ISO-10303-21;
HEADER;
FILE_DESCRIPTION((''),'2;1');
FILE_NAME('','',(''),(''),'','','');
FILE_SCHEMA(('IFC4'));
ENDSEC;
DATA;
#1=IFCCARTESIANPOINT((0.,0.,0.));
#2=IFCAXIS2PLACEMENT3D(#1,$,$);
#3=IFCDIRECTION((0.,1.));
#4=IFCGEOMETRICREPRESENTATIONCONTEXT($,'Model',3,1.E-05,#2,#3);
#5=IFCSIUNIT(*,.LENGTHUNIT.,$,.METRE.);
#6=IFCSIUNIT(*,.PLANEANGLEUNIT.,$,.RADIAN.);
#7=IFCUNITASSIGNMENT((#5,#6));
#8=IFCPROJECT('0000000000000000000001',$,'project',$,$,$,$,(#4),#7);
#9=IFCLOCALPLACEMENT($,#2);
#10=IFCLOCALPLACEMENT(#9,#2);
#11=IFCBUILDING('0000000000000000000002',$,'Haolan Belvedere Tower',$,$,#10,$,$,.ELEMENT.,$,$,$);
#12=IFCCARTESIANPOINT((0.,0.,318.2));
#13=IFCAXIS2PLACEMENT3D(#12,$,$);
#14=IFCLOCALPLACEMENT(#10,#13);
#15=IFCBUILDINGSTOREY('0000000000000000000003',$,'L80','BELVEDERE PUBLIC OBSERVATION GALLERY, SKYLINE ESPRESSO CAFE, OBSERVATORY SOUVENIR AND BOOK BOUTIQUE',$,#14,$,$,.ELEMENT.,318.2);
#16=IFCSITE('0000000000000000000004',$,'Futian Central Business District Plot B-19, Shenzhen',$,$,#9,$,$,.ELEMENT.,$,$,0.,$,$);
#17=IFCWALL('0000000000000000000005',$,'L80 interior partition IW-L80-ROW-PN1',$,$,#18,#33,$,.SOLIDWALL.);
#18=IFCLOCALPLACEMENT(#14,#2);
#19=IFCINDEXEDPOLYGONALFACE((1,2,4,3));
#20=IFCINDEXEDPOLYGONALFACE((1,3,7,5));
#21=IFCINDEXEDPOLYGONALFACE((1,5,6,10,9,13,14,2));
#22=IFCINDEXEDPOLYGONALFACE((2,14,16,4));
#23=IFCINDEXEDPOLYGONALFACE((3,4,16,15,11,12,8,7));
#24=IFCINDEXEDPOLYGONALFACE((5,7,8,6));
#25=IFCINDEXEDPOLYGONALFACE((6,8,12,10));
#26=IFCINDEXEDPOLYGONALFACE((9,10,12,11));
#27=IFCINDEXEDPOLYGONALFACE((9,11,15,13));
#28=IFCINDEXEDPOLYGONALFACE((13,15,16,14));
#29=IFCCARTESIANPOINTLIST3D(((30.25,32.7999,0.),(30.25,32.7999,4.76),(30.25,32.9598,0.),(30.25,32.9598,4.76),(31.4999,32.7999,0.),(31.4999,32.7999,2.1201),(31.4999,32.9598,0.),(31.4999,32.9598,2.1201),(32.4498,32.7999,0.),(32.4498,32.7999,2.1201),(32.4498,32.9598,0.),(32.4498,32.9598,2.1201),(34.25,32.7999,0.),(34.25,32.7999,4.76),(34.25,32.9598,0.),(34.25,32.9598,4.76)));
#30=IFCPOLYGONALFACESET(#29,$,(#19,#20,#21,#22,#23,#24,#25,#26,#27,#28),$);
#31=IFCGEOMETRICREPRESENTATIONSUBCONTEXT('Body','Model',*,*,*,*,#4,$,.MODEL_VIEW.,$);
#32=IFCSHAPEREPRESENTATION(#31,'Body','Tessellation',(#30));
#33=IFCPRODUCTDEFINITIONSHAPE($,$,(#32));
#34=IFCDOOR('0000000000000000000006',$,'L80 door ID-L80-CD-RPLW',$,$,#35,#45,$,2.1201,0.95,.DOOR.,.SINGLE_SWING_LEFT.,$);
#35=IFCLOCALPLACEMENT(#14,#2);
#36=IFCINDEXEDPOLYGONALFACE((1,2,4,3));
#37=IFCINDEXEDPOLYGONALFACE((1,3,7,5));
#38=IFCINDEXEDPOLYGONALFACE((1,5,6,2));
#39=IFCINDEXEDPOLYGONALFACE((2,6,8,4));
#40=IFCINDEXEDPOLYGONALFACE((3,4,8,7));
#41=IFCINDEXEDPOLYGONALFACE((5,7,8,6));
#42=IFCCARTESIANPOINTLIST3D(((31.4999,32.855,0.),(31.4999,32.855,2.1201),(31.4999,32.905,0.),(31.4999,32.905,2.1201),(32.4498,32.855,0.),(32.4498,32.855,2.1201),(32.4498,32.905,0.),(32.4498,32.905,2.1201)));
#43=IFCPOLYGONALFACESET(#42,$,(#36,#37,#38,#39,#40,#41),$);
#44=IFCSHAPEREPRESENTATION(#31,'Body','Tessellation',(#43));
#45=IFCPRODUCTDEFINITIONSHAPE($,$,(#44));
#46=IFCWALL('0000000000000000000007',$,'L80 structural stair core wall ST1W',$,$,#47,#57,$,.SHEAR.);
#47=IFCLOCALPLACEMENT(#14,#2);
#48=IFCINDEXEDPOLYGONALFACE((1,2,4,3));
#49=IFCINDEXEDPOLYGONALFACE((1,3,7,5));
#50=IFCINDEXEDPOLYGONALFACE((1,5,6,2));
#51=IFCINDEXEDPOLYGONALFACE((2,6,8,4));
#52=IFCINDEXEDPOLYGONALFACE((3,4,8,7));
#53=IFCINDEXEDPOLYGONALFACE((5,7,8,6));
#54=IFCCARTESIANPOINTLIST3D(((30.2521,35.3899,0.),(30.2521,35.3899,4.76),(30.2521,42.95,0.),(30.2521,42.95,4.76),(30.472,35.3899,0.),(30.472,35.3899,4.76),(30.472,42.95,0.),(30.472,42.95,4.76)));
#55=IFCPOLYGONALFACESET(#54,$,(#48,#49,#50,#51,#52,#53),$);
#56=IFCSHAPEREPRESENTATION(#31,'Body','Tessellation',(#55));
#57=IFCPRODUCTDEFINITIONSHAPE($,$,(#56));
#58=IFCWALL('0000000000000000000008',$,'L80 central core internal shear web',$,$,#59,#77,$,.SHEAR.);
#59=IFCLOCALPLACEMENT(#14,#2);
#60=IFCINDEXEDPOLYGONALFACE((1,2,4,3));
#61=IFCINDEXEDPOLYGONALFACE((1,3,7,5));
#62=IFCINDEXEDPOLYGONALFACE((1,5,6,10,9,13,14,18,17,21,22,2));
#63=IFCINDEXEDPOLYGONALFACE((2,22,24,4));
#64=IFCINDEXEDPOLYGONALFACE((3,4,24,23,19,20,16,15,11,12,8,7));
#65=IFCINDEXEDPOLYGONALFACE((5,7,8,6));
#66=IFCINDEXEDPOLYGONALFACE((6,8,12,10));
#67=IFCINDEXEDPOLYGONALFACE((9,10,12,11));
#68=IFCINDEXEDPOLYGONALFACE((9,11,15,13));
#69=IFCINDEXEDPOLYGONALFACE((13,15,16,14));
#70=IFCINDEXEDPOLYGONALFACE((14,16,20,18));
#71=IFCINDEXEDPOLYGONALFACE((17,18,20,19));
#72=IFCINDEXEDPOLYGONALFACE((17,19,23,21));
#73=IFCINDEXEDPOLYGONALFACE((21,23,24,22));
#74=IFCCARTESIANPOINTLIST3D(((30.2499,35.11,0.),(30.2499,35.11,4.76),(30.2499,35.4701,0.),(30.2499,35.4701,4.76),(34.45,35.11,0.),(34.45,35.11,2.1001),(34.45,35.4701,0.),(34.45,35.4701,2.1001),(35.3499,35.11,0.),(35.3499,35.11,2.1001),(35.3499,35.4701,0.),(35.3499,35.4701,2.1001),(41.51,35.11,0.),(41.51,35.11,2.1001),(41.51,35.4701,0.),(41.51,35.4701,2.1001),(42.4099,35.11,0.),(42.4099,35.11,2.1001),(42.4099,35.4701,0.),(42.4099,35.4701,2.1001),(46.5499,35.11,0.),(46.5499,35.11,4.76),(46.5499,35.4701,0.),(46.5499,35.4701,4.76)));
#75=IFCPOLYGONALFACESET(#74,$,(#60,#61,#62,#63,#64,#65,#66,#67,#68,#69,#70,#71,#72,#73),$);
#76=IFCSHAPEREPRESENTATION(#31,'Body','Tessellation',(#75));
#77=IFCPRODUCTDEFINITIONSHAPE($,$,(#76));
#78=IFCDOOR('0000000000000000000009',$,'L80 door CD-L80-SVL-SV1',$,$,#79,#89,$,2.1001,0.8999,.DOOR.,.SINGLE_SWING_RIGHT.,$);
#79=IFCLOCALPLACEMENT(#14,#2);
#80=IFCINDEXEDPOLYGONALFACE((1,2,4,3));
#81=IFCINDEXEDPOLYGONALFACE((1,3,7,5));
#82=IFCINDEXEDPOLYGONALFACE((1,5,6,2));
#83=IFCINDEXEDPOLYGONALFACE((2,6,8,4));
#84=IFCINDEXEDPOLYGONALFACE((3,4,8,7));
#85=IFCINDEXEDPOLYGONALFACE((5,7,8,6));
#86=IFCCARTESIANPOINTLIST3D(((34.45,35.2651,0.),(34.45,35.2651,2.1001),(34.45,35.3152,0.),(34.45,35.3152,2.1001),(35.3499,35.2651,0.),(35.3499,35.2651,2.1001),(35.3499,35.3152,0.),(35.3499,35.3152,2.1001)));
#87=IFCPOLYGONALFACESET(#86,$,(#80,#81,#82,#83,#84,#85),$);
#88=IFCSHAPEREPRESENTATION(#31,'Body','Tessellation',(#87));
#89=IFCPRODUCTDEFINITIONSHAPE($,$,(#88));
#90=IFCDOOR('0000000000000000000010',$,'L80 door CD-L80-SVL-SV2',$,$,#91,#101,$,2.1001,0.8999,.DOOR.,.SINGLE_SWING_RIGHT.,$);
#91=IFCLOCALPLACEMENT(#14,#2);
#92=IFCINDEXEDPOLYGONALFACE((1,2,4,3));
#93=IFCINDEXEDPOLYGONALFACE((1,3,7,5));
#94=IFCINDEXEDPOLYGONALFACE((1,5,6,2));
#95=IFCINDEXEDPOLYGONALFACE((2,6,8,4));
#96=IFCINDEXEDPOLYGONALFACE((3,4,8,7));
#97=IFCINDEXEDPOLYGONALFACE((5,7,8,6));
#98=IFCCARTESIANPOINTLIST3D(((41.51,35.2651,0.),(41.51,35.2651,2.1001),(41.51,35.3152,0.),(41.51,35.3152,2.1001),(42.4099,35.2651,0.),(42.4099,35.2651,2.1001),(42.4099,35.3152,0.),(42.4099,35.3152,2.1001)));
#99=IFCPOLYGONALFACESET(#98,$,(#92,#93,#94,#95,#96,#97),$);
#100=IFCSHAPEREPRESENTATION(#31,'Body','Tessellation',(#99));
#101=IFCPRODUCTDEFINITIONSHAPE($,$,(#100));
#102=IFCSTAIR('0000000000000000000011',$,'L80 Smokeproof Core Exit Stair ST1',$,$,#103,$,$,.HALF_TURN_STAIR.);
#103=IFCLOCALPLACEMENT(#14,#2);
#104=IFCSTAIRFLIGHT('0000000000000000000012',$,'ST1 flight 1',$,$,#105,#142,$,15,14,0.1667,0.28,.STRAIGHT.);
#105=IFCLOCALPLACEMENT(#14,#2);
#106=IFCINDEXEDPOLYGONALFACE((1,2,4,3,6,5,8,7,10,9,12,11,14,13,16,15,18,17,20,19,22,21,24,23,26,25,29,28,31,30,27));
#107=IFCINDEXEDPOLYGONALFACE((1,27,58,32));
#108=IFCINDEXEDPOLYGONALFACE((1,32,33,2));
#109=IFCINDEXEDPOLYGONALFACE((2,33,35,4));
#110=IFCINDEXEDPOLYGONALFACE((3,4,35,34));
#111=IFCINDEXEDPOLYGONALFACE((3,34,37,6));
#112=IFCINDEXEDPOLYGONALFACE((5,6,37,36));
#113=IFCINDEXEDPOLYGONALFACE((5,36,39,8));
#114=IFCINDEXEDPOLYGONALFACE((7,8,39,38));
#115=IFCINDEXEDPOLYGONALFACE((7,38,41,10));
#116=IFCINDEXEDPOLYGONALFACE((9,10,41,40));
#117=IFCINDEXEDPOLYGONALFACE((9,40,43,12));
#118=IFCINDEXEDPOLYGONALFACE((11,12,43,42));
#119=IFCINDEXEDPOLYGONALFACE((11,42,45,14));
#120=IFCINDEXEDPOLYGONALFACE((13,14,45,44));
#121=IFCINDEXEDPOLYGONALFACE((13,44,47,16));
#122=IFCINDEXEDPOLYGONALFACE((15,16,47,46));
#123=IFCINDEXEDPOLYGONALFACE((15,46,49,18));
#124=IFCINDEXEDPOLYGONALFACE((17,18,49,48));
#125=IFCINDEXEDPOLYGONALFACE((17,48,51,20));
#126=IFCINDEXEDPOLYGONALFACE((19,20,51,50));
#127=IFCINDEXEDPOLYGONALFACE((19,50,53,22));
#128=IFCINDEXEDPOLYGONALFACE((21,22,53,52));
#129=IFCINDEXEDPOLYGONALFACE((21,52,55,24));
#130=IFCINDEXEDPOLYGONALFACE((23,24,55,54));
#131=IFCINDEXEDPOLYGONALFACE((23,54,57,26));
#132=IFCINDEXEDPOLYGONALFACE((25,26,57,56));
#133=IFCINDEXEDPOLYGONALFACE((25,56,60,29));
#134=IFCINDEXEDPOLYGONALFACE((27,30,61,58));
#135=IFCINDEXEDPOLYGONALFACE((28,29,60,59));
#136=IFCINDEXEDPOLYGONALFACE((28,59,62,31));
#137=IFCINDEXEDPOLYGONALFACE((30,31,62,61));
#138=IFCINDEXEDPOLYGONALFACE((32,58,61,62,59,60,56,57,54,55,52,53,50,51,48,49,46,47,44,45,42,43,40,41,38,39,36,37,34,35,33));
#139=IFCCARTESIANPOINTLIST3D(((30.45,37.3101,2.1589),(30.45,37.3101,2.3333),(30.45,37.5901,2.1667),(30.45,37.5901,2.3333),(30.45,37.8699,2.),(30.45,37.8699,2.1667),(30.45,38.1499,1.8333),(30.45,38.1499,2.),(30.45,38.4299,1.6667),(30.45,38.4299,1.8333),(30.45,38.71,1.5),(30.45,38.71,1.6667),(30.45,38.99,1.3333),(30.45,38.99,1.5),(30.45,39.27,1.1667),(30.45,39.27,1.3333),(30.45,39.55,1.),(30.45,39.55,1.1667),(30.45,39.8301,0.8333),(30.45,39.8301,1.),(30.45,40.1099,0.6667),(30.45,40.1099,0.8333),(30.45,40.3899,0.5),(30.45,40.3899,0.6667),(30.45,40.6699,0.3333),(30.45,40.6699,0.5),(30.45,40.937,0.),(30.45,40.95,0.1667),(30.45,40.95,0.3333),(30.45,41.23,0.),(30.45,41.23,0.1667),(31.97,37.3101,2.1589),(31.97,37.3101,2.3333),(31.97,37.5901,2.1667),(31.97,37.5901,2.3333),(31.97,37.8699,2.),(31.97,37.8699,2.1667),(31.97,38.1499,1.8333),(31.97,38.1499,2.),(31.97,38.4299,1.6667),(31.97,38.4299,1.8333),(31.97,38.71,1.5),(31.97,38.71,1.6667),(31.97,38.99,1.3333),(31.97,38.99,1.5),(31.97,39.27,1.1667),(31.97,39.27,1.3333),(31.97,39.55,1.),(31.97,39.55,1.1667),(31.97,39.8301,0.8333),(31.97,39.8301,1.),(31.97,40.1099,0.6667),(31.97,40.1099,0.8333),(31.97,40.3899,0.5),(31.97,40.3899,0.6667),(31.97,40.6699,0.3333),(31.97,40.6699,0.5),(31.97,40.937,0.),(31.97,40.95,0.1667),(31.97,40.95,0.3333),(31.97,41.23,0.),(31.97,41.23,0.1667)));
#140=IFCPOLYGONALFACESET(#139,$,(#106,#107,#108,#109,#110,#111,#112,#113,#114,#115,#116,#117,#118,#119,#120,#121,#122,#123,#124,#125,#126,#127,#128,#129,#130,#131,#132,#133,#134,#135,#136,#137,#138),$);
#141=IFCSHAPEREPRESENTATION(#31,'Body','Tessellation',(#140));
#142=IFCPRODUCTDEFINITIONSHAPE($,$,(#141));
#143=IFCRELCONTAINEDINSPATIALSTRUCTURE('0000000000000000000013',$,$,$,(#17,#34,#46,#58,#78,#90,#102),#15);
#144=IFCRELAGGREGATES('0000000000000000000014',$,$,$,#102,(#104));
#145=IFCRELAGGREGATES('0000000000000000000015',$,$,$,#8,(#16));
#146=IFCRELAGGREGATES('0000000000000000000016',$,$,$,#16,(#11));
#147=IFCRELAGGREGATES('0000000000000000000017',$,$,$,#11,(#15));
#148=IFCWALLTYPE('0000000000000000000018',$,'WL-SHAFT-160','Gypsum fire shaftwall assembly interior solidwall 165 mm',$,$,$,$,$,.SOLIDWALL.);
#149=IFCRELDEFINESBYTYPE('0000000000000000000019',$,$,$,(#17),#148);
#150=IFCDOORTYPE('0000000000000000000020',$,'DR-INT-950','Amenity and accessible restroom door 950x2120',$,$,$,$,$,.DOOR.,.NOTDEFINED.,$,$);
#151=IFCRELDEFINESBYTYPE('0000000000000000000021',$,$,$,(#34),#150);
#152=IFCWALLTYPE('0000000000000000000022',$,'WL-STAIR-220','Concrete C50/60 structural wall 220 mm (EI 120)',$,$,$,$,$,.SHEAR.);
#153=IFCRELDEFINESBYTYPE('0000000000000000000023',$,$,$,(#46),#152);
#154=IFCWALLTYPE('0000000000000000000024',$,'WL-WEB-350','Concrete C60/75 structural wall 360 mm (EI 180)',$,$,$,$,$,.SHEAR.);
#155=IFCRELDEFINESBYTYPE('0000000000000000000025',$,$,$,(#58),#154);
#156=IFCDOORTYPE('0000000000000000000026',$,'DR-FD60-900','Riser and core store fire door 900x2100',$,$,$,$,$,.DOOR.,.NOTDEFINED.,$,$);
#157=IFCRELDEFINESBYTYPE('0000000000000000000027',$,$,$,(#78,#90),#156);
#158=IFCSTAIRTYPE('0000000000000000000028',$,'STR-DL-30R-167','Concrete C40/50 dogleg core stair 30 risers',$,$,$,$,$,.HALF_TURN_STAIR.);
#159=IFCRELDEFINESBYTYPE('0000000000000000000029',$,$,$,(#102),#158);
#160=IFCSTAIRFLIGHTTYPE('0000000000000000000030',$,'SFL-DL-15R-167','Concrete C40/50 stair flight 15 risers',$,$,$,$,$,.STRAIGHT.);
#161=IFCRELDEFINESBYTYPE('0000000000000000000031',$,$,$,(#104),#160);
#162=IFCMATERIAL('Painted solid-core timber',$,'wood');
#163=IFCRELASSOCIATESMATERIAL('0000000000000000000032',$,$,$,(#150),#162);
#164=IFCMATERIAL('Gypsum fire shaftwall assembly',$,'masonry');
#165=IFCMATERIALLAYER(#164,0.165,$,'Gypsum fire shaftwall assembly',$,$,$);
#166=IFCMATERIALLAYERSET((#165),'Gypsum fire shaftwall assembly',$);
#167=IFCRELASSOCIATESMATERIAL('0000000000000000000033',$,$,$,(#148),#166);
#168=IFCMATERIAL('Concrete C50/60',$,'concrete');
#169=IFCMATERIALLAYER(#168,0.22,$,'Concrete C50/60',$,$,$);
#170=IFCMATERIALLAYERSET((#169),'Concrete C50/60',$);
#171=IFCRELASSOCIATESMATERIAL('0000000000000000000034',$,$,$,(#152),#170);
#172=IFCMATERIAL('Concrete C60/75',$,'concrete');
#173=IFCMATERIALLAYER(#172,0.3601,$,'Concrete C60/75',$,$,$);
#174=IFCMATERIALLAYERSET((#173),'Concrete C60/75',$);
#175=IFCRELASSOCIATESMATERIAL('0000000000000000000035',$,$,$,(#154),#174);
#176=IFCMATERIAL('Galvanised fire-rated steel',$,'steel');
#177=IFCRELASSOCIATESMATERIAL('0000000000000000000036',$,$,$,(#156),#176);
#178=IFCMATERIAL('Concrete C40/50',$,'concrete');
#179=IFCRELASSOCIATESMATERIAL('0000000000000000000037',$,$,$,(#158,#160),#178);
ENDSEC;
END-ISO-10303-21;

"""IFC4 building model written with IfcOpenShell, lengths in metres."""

from ifc_helpers import new_model, si_unit, direction, frame, frame_2d, origin, place, context, subcontext, project, spatial, polyline, rectangle, outline, extrude, material, layer, layer_set, type_object, element, fill, aggregate, save


model = new_model("IFC4")

# Units and contexts
model_context = context("Model", 3, precision=1e-05, world=origin(), true_north=direction((0.0, 1.0)))
body_context = subcontext(model_context, "Body", "Model", "MODEL_VIEW")
ifc_project = project(units=[si_unit("LENGTHUNIT", "METRE"), si_unit("PLANEANGLEUNIT", "RADIAN")], contexts=[model_context])

# Site, building, storey
site_placement = place(None, origin())
site = spatial("IfcSite", under=ifc_project, at=site_placement, Name="Futian Central Business District Plot B-19, Shenzhen", CompositionType="ELEMENT", RefElevation=0.0)
building_placement = place(site_placement, origin())
building = spatial("IfcBuilding", under=site, at=building_placement, Name="Haolan Belvedere Tower", CompositionType="ELEMENT")
storey_placement = place(building_placement, frame((0.0, 0.0, 318.2)))
storey = spatial("IfcBuildingStorey", under=building, at=storey_placement, Name="L80", Description="BELVEDERE PUBLIC OBSERVATION GALLERY, SKYLINE ESPRESSO CAFE, OBSERVATORY SOUVENIR AND BOOK BOUTIQUE", CompositionType="ELEMENT", Elevation=318.2)

# Wall, opening, door
ifc_material_1 = material(Name="Painted solid-core timber", Category="wood")
door_type_1 = type_object("IfcDoorType", Name="DR-INT-950", Description="Amenity and accessible restroom door 950x2120", OperationType="NOTDEFINED", PredefinedType="DOOR", material=ifc_material_1)
ifc_material_2 = material(Name="Gypsum fire shaftwall assembly", Category="masonry")
ifc_layer_1 = layer(ifc_material_2, 0.165, Name="Gypsum fire shaftwall assembly")
ifc_layer_set_1 = layer_set([ifc_layer_1], Name="Gypsum fire shaftwall assembly")
wall_type_1 = type_object("IfcWallType", Name="WL-SHAFT-160", Description="Gypsum fire shaftwall assembly interior solidwall 165 mm", PredefinedType="SOLIDWALL", material=ifc_layer_set_1)
wall_1_placement = place(storey_placement, frame((30.25, 32.8799, 0.0), z_axis=(0.0, 0.0, 1.0), x_axis=(1.0, 0.0, 0.0)))
wall_1 = element("IfcWall", 1, at=wall_1_placement, inside=storey, type_object=wall_type_1, Name="L80 interior partition IW-L80-ROW-PN1", PredefinedType="SOLIDWALL", context=body_context, shape_type="SweptSolid", body=[
    extrude(rectangle(XDim=4.0, YDim=0.1599, at=frame_2d((2.0, 0.0))), origin(), (0.0, 0.0, 1.0), 4.76),
])
opening_1_placement = place(wall_1_placement, frame((2.2, 0.0, 0.0), z_axis=(0.0, 0.0, 1.0), x_axis=(-1.0, 0.0, 0.0)))
opening_1 = element("IfcOpeningElement", 2, at=opening_1_placement, cuts=wall_1, PredefinedType="OPENING", context=body_context, shape_type="SweptSolid", body=[
    extrude(rectangle(XDim=0.95, YDim=2.1201, at=frame_2d((0.4751, 1.0601))), frame((0.0, 0.0898, 0.0), z_axis=(0.0, -1.0, 0.0), x_axis=(1.0, 0.0, 0.0)), (0.0, 0.0, 1.0), 0.1799),
])
door_1_placement = place(opening_1_placement, origin())
door_1 = element("IfcDoor", 3, at=door_1_placement, inside=storey, type_object=door_type_1, Name="L80 door ID-L80-CD-RPLW", OperationType="SINGLE_SWING_LEFT", OverallHeight=2.1201, OverallWidth=0.95, PredefinedType="DOOR", context=body_context, shape_type="SweptSolid", body=[
    extrude(rectangle(XDim=0.95, YDim=2.1201, at=frame_2d((0.4751, 1.0601))), frame((0.0, 0.0249, 0.0), z_axis=(0.0, -1.0, 0.0), x_axis=(1.0, 0.0, 0.0)), (0.0, 0.0, 1.0), 0.05),
])
fill(opening_1, door_1)

# Wall
ifc_material_3 = material(Name="Concrete C50/60", Category="concrete")
ifc_layer_2 = layer(ifc_material_3, 0.22, Name="Concrete C50/60")
ifc_layer_set_2 = layer_set([ifc_layer_2], Name="Concrete C50/60")
wall_type_2 = type_object("IfcWallType", Name="WL-STAIR-220", Description="Concrete C50/60 structural wall 220 mm (EI 120)", PredefinedType="SHEAR", material=ifc_layer_set_2)
wall_2_placement = place(storey_placement, frame((30.3621, 35.3899, 0.0), z_axis=(0.0, 0.0, 1.0), x_axis=(0.0, 1.0, 0.0)))
element("IfcWall", 4, at=wall_2_placement, inside=storey, type_object=wall_type_2, Name="L80 structural stair core wall ST1W", PredefinedType="SHEAR", context=body_context, shape_type="SweptSolid", body=[
    extrude(rectangle(XDim=7.5601, YDim=0.22, at=frame_2d((3.78, 0.0))), origin(), (0.0, 0.0, 1.0), 4.76),
])

# Wall, openings, doors
ifc_material_4 = material(Name="Concrete C60/75", Category="concrete")
ifc_layer_3 = layer(ifc_material_4, 0.3601, Name="Concrete C60/75")
ifc_layer_set_3 = layer_set([ifc_layer_3], Name="Concrete C60/75")
wall_type_3 = type_object("IfcWallType", Name="WL-WEB-350", Description="Concrete C60/75 structural wall 360 mm (EI 180)", PredefinedType="SHEAR", material=ifc_layer_set_3)
wall_3_placement = place(storey_placement, frame((30.25, 35.29, 0.0), z_axis=(0.0, 0.0, 1.0), x_axis=(1.0, 0.0, 0.0)))
wall_3 = element("IfcWall", 5, at=wall_3_placement, inside=storey, type_object=wall_type_3, Name="L80 central core internal shear web", PredefinedType="SHEAR", context=body_context, shape_type="SweptSolid", body=[
    extrude(rectangle(XDim=16.3, YDim=0.3601, at=frame_2d((8.1499, 0.0))), origin(), (0.0, 0.0, 1.0), 4.76),
])
opening_2_placement = place(wall_3_placement, frame((5.0999, 0.0, 0.0), z_axis=(0.0, 0.0, 1.0), x_axis=(-1.0, 0.0, 0.0)))
opening_2 = element("IfcOpeningElement", 6, at=opening_2_placement, cuts=wall_3, PredefinedType="OPENING", context=body_context, shape_type="SweptSolid", body=[
    extrude(rectangle(XDim=0.8999, YDim=2.1001, at=frame_2d((0.45, 1.05))), frame((0.0, 0.1899, 0.0), z_axis=(0.0, -1.0, 0.0), x_axis=(1.0, 0.0, 0.0)), (0.0, 0.0, 1.0), 0.3801),
])
opening_3_placement = place(wall_3_placement, frame((12.1599, 0.0, 0.0), z_axis=(0.0, 0.0, 1.0), x_axis=(-1.0, 0.0, 0.0)))
opening_3 = element("IfcOpeningElement", 7, at=opening_3_placement, cuts=wall_3, PredefinedType="OPENING", context=body_context, shape_type="SweptSolid", body=[
    extrude(rectangle(XDim=0.8999, YDim=2.1001, at=frame_2d((0.45, 1.05))), frame((0.0, 0.1899, 0.0), z_axis=(0.0, -1.0, 0.0), x_axis=(1.0, 0.0, 0.0)), (0.0, 0.0, 1.0), 0.3801),
])
ifc_material_5 = material(Name="Galvanised fire-rated steel", Category="steel")
door_type_2 = type_object("IfcDoorType", Name="DR-FD60-900", Description="Riser and core store fire door 900x2100", OperationType="NOTDEFINED", PredefinedType="DOOR", material=ifc_material_5)
door_2_placement = place(opening_2_placement, origin())
door_2 = element("IfcDoor", 8, at=door_2_placement, inside=storey, type_object=door_type_2, Name="L80 door CD-L80-SVL-SV1", OperationType="SINGLE_SWING_RIGHT", OverallHeight=2.1001, OverallWidth=0.8999, PredefinedType="DOOR", context=body_context, shape_type="SweptSolid", body=[
    extrude(rectangle(XDim=0.8999, YDim=2.1001, at=frame_2d((0.45, 1.05))), frame((0.0, 0.0249, 0.0), z_axis=(0.0, -1.0, 0.0), x_axis=(1.0, 0.0, 0.0)), (0.0, 0.0, 1.0), 0.05),
])
fill(opening_2, door_2)
door_3_placement = place(opening_3_placement, origin())
door_3 = element("IfcDoor", 9, at=door_3_placement, inside=storey, type_object=door_type_2, Name="L80 door CD-L80-SVL-SV2", OperationType="SINGLE_SWING_RIGHT", OverallHeight=2.1001, OverallWidth=0.8999, PredefinedType="DOOR", context=body_context, shape_type="SweptSolid", body=[
    extrude(rectangle(XDim=0.8999, YDim=2.1001, at=frame_2d((0.45, 1.05))), frame((0.0, 0.0249, 0.0), z_axis=(0.0, -1.0, 0.0), x_axis=(1.0, 0.0, 0.0)), (0.0, 0.0, 1.0), 0.05),
])
fill(opening_3, door_3)

# Stair, stair flight
ifc_material_6 = material(Name="Concrete C40/50", Category="concrete")
stair_type = type_object("IfcStairType", Name="STR-DL-30R-167", Description="Concrete C40/50 dogleg core stair 30 risers", PredefinedType="HALF_TURN_STAIR", material=ifc_material_6)
stair_placement = place(storey_placement, origin())
stair = element("IfcStair", 10, at=stair_placement, inside=storey, type_object=stair_type, Name="L80 Smokeproof Core Exit Stair ST1", PredefinedType="HALF_TURN_STAIR")
stair_flight_type = type_object("IfcStairFlightType", Name="SFL-DL-15R-167", Description="Concrete C40/50 stair flight 15 risers", PredefinedType="STRAIGHT", material=ifc_material_6)
stair_flight_placement = place(storey_placement, frame((31.21, 41.23, 0.0), z_axis=(0.0, 0.0, 1.0), x_axis=(0.0, -1.0, 0.0)))
stair_flight = element("IfcStairFlight", 11, at=stair_flight_placement, type_object=stair_flight_type, Name="ST1 flight 1", NumberOfRisers=15, NumberOfTreads=14, PredefinedType="STRAIGHT", RiserHeight=0.1667, TreadLength=0.28, context=body_context, shape_type="SweptSolid", body=[
    extrude(outline(polyline([(0.0, 0.0), (0.0, 0.1667), (0.28, 0.1667), (0.28, 0.3333), (0.5601, 0.3333), (0.5601, 0.5), (0.8401, 0.5), (0.8401, 0.6667), (1.1201, 0.6667), (1.1201, 0.8333), (1.3999, 0.8333), (1.3999, 1.0), (1.6799, 1.0), (1.6799, 1.1667), (1.96, 1.1667), (1.96, 1.3333), (2.24, 1.3333), (2.24, 1.5), (2.52, 1.5), (2.52, 1.6667), (2.8, 1.6667), (2.8, 1.8333), (3.0801, 1.8333), (3.0801, 2.0), (3.3601, 2.0), (3.3601, 2.1667), (3.6399, 2.1667), (3.6399, 2.3333), (3.9199, 2.3333), (3.9199, 2.5), (3.9199, 2.1589), (0.293, 0.0), (0.0, 0.0)])), frame((0.0, 0.76, 0.0), z_axis=(0.0, -1.0, 0.0), x_axis=(1.0, 0.0, 0.0)), (0.0, 0.0, 1.0), 1.52),
])
aggregate(stair, [stair_flight])

save(model, "model.ifc")
